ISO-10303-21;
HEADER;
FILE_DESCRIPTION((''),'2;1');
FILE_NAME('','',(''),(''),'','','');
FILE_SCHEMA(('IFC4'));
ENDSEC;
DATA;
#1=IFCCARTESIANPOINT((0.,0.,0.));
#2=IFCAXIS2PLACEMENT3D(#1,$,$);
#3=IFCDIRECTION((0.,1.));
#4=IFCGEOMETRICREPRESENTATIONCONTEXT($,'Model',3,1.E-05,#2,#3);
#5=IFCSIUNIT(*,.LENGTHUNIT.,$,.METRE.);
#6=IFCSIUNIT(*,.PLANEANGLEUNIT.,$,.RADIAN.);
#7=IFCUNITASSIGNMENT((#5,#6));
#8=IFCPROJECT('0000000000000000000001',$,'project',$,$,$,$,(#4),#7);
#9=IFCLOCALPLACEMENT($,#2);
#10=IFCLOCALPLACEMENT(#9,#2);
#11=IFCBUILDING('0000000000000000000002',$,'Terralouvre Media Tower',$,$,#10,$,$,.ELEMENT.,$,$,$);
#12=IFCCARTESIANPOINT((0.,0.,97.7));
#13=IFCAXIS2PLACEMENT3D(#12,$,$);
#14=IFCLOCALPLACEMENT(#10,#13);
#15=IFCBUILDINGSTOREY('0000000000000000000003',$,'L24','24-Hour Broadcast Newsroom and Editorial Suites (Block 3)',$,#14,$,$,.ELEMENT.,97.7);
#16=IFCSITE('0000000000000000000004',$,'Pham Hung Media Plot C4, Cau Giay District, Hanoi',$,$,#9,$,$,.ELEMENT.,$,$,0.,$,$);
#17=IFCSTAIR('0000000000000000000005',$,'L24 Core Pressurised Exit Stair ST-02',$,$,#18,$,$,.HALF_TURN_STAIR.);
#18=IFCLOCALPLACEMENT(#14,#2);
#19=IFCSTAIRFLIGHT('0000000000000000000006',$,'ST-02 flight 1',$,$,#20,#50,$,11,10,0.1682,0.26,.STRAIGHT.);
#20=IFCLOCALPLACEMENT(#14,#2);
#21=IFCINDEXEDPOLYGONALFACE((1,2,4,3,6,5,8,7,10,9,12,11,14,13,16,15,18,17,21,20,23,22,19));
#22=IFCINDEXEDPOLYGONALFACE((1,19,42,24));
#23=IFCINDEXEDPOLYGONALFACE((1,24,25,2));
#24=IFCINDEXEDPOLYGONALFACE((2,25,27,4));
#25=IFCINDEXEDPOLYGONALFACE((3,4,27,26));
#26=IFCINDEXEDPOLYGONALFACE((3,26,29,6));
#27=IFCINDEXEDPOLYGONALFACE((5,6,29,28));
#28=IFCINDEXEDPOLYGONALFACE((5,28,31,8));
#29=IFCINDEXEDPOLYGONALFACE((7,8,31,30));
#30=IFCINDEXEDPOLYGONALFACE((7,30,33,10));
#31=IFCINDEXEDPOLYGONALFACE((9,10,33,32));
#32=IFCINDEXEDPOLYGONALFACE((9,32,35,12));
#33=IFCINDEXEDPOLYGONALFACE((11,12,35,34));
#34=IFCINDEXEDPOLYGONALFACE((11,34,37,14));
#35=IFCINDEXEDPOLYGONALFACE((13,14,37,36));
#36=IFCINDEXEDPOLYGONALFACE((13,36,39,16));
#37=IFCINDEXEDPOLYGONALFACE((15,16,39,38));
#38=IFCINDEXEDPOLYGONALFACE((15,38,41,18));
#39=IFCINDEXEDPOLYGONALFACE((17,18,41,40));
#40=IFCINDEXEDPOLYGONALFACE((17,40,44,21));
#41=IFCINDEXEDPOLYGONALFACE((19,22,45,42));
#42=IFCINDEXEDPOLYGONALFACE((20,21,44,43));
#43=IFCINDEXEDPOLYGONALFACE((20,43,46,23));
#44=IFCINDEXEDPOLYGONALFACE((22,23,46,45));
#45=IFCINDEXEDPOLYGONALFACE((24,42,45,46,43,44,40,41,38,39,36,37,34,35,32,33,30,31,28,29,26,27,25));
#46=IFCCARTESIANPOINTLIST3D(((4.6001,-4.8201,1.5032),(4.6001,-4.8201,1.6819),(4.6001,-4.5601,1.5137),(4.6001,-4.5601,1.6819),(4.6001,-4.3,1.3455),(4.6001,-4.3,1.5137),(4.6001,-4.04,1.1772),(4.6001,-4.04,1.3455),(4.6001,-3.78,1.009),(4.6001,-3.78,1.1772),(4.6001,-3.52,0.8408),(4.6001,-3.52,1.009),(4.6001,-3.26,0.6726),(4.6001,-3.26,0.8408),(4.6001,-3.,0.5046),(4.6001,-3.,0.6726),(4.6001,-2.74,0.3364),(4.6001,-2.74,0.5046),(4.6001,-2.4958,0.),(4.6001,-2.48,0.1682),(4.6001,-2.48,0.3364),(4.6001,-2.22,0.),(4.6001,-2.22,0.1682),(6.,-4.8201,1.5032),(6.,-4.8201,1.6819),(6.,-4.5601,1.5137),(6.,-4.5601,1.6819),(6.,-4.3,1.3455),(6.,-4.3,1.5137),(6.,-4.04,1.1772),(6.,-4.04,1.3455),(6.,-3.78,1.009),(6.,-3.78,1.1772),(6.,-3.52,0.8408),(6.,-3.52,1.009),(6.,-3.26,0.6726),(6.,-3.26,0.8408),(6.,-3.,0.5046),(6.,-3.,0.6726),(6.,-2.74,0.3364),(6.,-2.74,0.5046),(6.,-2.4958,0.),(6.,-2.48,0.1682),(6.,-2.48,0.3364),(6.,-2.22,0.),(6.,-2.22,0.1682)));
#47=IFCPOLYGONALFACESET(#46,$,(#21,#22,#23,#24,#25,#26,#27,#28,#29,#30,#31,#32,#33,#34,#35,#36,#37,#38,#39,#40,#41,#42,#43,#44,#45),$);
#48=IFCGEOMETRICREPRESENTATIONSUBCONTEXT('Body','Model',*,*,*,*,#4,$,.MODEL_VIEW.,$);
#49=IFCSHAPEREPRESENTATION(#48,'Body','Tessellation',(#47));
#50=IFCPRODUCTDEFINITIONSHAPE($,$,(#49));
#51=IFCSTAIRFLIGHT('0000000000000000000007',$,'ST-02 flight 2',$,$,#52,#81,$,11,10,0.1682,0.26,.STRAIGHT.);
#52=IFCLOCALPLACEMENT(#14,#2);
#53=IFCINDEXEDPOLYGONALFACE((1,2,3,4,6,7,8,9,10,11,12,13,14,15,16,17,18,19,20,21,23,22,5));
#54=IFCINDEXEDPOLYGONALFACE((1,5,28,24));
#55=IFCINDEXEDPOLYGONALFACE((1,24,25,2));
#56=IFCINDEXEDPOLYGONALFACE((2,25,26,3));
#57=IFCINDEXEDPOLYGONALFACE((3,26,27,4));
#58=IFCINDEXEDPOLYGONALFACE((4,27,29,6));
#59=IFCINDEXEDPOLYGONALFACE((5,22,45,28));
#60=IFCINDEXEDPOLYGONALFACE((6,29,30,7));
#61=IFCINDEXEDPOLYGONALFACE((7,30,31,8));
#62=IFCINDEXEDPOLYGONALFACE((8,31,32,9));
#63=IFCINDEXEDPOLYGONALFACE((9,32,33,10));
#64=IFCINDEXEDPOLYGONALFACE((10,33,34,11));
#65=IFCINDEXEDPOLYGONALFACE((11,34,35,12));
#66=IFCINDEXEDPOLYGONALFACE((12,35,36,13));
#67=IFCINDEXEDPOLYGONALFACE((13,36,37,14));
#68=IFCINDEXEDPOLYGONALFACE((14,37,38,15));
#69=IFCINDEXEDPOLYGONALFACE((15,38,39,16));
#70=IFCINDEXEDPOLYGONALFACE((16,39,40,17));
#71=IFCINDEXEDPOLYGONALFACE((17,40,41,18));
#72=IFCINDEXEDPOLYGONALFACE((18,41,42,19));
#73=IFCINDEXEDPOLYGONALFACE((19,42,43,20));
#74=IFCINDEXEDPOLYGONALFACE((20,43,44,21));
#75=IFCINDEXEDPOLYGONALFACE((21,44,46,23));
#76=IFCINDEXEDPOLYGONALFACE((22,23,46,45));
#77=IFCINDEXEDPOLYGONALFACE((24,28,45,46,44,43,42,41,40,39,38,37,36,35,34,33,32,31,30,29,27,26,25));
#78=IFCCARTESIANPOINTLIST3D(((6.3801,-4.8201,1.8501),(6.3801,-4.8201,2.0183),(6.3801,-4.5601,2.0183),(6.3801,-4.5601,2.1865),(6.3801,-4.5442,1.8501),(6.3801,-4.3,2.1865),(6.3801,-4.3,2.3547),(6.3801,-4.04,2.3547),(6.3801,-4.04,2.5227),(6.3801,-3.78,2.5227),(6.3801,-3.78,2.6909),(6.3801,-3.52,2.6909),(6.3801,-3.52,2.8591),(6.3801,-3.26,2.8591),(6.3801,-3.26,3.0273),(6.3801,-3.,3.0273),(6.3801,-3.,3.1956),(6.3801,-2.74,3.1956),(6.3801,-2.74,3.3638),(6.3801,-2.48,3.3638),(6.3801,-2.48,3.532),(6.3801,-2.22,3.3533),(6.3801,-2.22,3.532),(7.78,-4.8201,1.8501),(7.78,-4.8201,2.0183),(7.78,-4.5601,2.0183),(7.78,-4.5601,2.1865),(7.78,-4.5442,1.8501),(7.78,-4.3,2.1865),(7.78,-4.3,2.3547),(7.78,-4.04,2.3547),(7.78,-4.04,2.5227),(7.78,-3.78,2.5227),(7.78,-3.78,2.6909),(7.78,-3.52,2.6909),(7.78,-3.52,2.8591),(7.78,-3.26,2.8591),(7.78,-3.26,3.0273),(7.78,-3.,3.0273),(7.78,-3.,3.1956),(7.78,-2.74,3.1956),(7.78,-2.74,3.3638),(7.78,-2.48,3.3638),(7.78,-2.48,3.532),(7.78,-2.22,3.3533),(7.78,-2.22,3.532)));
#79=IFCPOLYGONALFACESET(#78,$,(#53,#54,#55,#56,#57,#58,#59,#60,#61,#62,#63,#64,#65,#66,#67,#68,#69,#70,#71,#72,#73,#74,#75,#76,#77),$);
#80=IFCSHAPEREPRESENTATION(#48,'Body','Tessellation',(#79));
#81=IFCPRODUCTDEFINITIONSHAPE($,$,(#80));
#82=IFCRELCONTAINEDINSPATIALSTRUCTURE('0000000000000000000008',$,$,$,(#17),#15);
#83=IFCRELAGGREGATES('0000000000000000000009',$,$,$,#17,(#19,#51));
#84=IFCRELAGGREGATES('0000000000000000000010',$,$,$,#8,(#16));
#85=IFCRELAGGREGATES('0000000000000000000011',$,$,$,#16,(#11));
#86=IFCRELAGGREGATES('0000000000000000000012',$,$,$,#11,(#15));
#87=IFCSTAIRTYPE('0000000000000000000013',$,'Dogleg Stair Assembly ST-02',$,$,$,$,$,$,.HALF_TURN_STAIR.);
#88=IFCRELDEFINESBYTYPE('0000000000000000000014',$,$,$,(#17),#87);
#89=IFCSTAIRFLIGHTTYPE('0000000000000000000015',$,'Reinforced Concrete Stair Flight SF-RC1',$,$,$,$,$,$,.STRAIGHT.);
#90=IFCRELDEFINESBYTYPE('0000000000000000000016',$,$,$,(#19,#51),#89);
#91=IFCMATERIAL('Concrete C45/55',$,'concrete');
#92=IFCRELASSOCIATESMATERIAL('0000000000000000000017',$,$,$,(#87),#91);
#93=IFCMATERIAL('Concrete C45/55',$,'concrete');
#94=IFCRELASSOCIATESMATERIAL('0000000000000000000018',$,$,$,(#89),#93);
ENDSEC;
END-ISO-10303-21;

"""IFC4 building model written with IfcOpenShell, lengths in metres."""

from ifc_helpers import new_model, si_unit, direction, frame, origin, place, context, subcontext, project, spatial, polyline, outline, extrude, material, type_object, element, aggregate, save


model = new_model("IFC4")

# Units and contexts
model_context = context("Model", 3, precision=1e-05, world=origin(), true_north=direction((0.0, 1.0)))
body_context = subcontext(model_context, "Body", "Model", "MODEL_VIEW")
ifc_project = project(units=[si_unit("LENGTHUNIT", "METRE"), si_unit("PLANEANGLEUNIT", "RADIAN")], contexts=[model_context])

# Site, building, storey
site_placement = place(None, origin())
site = spatial("IfcSite", under=ifc_project, at=site_placement, Name="Pham Hung Media Plot C4, Cau Giay District, Hanoi", CompositionType="ELEMENT", RefElevation=0.0)
building_placement = place(site_placement, origin())
building = spatial("IfcBuilding", under=site, at=building_placement, Name="Terralouvre Media Tower", CompositionType="ELEMENT")
storey_placement = place(building_placement, frame((0.0, 0.0, 97.7)))
storey = spatial("IfcBuildingStorey", under=building, at=storey_placement, Name="L24", Description="24-Hour Broadcast Newsroom and Editorial Suites (Block 3)", CompositionType="ELEMENT", Elevation=97.7)

# Stair, stair flights
ifc_material_1 = material(Name="Concrete C45/55", Category="concrete")
stair_type = type_object("IfcStairType", Name="Dogleg Stair Assembly ST-02", PredefinedType="HALF_TURN_STAIR", material=ifc_material_1)
stair_placement = place(storey_placement, origin())
stair = element("IfcStair", 1, at=stair_placement, inside=storey, type_object=stair_type, Name="L24 Core Pressurised Exit Stair ST-02", PredefinedType="HALF_TURN_STAIR")
ifc_material_2 = material(Name="Concrete C45/55", Category="concrete")
stair_flight_type = type_object("IfcStairFlightType", Name="Reinforced Concrete Stair Flight SF-RC1", PredefinedType="STRAIGHT", material=ifc_material_2)
stair_flight_1_placement = place(storey_placement, frame((5.3, -2.22, 0.0), z_axis=(0.0, 0.0, 1.0), x_axis=(0.0, -1.0, 0.0)))
stair_flight_1 = element("IfcStairFlight", 2, at=stair_flight_1_placement, type_object=stair_flight_type, Name="ST-02 flight 1", NumberOfRisers=11, NumberOfTreads=10, PredefinedType="STRAIGHT", RiserHeight=0.1682, TreadLength=0.26, context=body_context, shape_type="SweptSolid", body=[
    extrude(outline(polyline([(0.0, 0.0), (0.0, 0.1682), (0.26, 0.1682), (0.26, 0.3364), (0.52, 0.3364), (0.52, 0.5046), (0.78, 0.5046), (0.78, 0.6726), (1.04, 0.6726), (1.04, 0.8408), (1.3, 0.8408), (1.3, 1.009), (1.5601, 1.009), (1.5601, 1.1772), (1.8201, 1.1772), (1.8201, 1.3455), (2.0801, 1.3455), (2.0801, 1.5137), (2.3401, 1.5137), (2.3401, 1.6819), (2.6001, 1.6819), (2.6001, 1.8501), (2.6001, 1.5032), (0.2759, 0.0), (0.0, 0.0)])), frame((0.0, 0.7, 0.0), z_axis=(0.0, -1.0, 0.0), x_axis=(1.0, 0.0, 0.0)), (0.0, 0.0, 1.0), 1.3999),
])
stair_flight_2_placement = place(storey_placement, frame((7.0801, -4.8201, 1.8501), z_axis=(0.0, 0.0, 1.0), x_axis=(0.0, 1.0, 0.0)))
stair_flight_2 = element("IfcStairFlight", 3, at=stair_flight_2_placement, type_object=stair_flight_type, Name="ST-02 flight 2", NumberOfRisers=11, NumberOfTreads=10, PredefinedType="STRAIGHT", RiserHeight=0.1682, TreadLength=0.26, context=body_context, shape_type="SweptSolid", body=[
    extrude(outline(polyline([(0.0, 0.0), (0.0, 0.1682), (0.26, 0.1682), (0.26, 0.3364), (0.52, 0.3364), (0.52, 0.5046), (0.78, 0.5046), (0.78, 0.6726), (1.04, 0.6726), (1.04, 0.8408), (1.3, 0.8408), (1.3, 1.009), (1.5601, 1.009), (1.5601, 1.1772), (1.8201, 1.1772), (1.8201, 1.3455), (2.0801, 1.3455), (2.0801, 1.5137), (2.3401, 1.5137), (2.3401, 1.6819), (2.6001, 1.6819), (2.6001, 1.8501), (2.6001, 1.5032), (0.2759, 0.0), (0.0, 0.0)])), frame((0.0, 0.7, 0.0), z_axis=(0.0, -1.0, 0.0), x_axis=(1.0, 0.0, 0.0)), (0.0, 0.0, 1.0), 1.3999),
])
aggregate(stair, [stair_flight_1, stair_flight_2])

save(model, "model.ifc")
